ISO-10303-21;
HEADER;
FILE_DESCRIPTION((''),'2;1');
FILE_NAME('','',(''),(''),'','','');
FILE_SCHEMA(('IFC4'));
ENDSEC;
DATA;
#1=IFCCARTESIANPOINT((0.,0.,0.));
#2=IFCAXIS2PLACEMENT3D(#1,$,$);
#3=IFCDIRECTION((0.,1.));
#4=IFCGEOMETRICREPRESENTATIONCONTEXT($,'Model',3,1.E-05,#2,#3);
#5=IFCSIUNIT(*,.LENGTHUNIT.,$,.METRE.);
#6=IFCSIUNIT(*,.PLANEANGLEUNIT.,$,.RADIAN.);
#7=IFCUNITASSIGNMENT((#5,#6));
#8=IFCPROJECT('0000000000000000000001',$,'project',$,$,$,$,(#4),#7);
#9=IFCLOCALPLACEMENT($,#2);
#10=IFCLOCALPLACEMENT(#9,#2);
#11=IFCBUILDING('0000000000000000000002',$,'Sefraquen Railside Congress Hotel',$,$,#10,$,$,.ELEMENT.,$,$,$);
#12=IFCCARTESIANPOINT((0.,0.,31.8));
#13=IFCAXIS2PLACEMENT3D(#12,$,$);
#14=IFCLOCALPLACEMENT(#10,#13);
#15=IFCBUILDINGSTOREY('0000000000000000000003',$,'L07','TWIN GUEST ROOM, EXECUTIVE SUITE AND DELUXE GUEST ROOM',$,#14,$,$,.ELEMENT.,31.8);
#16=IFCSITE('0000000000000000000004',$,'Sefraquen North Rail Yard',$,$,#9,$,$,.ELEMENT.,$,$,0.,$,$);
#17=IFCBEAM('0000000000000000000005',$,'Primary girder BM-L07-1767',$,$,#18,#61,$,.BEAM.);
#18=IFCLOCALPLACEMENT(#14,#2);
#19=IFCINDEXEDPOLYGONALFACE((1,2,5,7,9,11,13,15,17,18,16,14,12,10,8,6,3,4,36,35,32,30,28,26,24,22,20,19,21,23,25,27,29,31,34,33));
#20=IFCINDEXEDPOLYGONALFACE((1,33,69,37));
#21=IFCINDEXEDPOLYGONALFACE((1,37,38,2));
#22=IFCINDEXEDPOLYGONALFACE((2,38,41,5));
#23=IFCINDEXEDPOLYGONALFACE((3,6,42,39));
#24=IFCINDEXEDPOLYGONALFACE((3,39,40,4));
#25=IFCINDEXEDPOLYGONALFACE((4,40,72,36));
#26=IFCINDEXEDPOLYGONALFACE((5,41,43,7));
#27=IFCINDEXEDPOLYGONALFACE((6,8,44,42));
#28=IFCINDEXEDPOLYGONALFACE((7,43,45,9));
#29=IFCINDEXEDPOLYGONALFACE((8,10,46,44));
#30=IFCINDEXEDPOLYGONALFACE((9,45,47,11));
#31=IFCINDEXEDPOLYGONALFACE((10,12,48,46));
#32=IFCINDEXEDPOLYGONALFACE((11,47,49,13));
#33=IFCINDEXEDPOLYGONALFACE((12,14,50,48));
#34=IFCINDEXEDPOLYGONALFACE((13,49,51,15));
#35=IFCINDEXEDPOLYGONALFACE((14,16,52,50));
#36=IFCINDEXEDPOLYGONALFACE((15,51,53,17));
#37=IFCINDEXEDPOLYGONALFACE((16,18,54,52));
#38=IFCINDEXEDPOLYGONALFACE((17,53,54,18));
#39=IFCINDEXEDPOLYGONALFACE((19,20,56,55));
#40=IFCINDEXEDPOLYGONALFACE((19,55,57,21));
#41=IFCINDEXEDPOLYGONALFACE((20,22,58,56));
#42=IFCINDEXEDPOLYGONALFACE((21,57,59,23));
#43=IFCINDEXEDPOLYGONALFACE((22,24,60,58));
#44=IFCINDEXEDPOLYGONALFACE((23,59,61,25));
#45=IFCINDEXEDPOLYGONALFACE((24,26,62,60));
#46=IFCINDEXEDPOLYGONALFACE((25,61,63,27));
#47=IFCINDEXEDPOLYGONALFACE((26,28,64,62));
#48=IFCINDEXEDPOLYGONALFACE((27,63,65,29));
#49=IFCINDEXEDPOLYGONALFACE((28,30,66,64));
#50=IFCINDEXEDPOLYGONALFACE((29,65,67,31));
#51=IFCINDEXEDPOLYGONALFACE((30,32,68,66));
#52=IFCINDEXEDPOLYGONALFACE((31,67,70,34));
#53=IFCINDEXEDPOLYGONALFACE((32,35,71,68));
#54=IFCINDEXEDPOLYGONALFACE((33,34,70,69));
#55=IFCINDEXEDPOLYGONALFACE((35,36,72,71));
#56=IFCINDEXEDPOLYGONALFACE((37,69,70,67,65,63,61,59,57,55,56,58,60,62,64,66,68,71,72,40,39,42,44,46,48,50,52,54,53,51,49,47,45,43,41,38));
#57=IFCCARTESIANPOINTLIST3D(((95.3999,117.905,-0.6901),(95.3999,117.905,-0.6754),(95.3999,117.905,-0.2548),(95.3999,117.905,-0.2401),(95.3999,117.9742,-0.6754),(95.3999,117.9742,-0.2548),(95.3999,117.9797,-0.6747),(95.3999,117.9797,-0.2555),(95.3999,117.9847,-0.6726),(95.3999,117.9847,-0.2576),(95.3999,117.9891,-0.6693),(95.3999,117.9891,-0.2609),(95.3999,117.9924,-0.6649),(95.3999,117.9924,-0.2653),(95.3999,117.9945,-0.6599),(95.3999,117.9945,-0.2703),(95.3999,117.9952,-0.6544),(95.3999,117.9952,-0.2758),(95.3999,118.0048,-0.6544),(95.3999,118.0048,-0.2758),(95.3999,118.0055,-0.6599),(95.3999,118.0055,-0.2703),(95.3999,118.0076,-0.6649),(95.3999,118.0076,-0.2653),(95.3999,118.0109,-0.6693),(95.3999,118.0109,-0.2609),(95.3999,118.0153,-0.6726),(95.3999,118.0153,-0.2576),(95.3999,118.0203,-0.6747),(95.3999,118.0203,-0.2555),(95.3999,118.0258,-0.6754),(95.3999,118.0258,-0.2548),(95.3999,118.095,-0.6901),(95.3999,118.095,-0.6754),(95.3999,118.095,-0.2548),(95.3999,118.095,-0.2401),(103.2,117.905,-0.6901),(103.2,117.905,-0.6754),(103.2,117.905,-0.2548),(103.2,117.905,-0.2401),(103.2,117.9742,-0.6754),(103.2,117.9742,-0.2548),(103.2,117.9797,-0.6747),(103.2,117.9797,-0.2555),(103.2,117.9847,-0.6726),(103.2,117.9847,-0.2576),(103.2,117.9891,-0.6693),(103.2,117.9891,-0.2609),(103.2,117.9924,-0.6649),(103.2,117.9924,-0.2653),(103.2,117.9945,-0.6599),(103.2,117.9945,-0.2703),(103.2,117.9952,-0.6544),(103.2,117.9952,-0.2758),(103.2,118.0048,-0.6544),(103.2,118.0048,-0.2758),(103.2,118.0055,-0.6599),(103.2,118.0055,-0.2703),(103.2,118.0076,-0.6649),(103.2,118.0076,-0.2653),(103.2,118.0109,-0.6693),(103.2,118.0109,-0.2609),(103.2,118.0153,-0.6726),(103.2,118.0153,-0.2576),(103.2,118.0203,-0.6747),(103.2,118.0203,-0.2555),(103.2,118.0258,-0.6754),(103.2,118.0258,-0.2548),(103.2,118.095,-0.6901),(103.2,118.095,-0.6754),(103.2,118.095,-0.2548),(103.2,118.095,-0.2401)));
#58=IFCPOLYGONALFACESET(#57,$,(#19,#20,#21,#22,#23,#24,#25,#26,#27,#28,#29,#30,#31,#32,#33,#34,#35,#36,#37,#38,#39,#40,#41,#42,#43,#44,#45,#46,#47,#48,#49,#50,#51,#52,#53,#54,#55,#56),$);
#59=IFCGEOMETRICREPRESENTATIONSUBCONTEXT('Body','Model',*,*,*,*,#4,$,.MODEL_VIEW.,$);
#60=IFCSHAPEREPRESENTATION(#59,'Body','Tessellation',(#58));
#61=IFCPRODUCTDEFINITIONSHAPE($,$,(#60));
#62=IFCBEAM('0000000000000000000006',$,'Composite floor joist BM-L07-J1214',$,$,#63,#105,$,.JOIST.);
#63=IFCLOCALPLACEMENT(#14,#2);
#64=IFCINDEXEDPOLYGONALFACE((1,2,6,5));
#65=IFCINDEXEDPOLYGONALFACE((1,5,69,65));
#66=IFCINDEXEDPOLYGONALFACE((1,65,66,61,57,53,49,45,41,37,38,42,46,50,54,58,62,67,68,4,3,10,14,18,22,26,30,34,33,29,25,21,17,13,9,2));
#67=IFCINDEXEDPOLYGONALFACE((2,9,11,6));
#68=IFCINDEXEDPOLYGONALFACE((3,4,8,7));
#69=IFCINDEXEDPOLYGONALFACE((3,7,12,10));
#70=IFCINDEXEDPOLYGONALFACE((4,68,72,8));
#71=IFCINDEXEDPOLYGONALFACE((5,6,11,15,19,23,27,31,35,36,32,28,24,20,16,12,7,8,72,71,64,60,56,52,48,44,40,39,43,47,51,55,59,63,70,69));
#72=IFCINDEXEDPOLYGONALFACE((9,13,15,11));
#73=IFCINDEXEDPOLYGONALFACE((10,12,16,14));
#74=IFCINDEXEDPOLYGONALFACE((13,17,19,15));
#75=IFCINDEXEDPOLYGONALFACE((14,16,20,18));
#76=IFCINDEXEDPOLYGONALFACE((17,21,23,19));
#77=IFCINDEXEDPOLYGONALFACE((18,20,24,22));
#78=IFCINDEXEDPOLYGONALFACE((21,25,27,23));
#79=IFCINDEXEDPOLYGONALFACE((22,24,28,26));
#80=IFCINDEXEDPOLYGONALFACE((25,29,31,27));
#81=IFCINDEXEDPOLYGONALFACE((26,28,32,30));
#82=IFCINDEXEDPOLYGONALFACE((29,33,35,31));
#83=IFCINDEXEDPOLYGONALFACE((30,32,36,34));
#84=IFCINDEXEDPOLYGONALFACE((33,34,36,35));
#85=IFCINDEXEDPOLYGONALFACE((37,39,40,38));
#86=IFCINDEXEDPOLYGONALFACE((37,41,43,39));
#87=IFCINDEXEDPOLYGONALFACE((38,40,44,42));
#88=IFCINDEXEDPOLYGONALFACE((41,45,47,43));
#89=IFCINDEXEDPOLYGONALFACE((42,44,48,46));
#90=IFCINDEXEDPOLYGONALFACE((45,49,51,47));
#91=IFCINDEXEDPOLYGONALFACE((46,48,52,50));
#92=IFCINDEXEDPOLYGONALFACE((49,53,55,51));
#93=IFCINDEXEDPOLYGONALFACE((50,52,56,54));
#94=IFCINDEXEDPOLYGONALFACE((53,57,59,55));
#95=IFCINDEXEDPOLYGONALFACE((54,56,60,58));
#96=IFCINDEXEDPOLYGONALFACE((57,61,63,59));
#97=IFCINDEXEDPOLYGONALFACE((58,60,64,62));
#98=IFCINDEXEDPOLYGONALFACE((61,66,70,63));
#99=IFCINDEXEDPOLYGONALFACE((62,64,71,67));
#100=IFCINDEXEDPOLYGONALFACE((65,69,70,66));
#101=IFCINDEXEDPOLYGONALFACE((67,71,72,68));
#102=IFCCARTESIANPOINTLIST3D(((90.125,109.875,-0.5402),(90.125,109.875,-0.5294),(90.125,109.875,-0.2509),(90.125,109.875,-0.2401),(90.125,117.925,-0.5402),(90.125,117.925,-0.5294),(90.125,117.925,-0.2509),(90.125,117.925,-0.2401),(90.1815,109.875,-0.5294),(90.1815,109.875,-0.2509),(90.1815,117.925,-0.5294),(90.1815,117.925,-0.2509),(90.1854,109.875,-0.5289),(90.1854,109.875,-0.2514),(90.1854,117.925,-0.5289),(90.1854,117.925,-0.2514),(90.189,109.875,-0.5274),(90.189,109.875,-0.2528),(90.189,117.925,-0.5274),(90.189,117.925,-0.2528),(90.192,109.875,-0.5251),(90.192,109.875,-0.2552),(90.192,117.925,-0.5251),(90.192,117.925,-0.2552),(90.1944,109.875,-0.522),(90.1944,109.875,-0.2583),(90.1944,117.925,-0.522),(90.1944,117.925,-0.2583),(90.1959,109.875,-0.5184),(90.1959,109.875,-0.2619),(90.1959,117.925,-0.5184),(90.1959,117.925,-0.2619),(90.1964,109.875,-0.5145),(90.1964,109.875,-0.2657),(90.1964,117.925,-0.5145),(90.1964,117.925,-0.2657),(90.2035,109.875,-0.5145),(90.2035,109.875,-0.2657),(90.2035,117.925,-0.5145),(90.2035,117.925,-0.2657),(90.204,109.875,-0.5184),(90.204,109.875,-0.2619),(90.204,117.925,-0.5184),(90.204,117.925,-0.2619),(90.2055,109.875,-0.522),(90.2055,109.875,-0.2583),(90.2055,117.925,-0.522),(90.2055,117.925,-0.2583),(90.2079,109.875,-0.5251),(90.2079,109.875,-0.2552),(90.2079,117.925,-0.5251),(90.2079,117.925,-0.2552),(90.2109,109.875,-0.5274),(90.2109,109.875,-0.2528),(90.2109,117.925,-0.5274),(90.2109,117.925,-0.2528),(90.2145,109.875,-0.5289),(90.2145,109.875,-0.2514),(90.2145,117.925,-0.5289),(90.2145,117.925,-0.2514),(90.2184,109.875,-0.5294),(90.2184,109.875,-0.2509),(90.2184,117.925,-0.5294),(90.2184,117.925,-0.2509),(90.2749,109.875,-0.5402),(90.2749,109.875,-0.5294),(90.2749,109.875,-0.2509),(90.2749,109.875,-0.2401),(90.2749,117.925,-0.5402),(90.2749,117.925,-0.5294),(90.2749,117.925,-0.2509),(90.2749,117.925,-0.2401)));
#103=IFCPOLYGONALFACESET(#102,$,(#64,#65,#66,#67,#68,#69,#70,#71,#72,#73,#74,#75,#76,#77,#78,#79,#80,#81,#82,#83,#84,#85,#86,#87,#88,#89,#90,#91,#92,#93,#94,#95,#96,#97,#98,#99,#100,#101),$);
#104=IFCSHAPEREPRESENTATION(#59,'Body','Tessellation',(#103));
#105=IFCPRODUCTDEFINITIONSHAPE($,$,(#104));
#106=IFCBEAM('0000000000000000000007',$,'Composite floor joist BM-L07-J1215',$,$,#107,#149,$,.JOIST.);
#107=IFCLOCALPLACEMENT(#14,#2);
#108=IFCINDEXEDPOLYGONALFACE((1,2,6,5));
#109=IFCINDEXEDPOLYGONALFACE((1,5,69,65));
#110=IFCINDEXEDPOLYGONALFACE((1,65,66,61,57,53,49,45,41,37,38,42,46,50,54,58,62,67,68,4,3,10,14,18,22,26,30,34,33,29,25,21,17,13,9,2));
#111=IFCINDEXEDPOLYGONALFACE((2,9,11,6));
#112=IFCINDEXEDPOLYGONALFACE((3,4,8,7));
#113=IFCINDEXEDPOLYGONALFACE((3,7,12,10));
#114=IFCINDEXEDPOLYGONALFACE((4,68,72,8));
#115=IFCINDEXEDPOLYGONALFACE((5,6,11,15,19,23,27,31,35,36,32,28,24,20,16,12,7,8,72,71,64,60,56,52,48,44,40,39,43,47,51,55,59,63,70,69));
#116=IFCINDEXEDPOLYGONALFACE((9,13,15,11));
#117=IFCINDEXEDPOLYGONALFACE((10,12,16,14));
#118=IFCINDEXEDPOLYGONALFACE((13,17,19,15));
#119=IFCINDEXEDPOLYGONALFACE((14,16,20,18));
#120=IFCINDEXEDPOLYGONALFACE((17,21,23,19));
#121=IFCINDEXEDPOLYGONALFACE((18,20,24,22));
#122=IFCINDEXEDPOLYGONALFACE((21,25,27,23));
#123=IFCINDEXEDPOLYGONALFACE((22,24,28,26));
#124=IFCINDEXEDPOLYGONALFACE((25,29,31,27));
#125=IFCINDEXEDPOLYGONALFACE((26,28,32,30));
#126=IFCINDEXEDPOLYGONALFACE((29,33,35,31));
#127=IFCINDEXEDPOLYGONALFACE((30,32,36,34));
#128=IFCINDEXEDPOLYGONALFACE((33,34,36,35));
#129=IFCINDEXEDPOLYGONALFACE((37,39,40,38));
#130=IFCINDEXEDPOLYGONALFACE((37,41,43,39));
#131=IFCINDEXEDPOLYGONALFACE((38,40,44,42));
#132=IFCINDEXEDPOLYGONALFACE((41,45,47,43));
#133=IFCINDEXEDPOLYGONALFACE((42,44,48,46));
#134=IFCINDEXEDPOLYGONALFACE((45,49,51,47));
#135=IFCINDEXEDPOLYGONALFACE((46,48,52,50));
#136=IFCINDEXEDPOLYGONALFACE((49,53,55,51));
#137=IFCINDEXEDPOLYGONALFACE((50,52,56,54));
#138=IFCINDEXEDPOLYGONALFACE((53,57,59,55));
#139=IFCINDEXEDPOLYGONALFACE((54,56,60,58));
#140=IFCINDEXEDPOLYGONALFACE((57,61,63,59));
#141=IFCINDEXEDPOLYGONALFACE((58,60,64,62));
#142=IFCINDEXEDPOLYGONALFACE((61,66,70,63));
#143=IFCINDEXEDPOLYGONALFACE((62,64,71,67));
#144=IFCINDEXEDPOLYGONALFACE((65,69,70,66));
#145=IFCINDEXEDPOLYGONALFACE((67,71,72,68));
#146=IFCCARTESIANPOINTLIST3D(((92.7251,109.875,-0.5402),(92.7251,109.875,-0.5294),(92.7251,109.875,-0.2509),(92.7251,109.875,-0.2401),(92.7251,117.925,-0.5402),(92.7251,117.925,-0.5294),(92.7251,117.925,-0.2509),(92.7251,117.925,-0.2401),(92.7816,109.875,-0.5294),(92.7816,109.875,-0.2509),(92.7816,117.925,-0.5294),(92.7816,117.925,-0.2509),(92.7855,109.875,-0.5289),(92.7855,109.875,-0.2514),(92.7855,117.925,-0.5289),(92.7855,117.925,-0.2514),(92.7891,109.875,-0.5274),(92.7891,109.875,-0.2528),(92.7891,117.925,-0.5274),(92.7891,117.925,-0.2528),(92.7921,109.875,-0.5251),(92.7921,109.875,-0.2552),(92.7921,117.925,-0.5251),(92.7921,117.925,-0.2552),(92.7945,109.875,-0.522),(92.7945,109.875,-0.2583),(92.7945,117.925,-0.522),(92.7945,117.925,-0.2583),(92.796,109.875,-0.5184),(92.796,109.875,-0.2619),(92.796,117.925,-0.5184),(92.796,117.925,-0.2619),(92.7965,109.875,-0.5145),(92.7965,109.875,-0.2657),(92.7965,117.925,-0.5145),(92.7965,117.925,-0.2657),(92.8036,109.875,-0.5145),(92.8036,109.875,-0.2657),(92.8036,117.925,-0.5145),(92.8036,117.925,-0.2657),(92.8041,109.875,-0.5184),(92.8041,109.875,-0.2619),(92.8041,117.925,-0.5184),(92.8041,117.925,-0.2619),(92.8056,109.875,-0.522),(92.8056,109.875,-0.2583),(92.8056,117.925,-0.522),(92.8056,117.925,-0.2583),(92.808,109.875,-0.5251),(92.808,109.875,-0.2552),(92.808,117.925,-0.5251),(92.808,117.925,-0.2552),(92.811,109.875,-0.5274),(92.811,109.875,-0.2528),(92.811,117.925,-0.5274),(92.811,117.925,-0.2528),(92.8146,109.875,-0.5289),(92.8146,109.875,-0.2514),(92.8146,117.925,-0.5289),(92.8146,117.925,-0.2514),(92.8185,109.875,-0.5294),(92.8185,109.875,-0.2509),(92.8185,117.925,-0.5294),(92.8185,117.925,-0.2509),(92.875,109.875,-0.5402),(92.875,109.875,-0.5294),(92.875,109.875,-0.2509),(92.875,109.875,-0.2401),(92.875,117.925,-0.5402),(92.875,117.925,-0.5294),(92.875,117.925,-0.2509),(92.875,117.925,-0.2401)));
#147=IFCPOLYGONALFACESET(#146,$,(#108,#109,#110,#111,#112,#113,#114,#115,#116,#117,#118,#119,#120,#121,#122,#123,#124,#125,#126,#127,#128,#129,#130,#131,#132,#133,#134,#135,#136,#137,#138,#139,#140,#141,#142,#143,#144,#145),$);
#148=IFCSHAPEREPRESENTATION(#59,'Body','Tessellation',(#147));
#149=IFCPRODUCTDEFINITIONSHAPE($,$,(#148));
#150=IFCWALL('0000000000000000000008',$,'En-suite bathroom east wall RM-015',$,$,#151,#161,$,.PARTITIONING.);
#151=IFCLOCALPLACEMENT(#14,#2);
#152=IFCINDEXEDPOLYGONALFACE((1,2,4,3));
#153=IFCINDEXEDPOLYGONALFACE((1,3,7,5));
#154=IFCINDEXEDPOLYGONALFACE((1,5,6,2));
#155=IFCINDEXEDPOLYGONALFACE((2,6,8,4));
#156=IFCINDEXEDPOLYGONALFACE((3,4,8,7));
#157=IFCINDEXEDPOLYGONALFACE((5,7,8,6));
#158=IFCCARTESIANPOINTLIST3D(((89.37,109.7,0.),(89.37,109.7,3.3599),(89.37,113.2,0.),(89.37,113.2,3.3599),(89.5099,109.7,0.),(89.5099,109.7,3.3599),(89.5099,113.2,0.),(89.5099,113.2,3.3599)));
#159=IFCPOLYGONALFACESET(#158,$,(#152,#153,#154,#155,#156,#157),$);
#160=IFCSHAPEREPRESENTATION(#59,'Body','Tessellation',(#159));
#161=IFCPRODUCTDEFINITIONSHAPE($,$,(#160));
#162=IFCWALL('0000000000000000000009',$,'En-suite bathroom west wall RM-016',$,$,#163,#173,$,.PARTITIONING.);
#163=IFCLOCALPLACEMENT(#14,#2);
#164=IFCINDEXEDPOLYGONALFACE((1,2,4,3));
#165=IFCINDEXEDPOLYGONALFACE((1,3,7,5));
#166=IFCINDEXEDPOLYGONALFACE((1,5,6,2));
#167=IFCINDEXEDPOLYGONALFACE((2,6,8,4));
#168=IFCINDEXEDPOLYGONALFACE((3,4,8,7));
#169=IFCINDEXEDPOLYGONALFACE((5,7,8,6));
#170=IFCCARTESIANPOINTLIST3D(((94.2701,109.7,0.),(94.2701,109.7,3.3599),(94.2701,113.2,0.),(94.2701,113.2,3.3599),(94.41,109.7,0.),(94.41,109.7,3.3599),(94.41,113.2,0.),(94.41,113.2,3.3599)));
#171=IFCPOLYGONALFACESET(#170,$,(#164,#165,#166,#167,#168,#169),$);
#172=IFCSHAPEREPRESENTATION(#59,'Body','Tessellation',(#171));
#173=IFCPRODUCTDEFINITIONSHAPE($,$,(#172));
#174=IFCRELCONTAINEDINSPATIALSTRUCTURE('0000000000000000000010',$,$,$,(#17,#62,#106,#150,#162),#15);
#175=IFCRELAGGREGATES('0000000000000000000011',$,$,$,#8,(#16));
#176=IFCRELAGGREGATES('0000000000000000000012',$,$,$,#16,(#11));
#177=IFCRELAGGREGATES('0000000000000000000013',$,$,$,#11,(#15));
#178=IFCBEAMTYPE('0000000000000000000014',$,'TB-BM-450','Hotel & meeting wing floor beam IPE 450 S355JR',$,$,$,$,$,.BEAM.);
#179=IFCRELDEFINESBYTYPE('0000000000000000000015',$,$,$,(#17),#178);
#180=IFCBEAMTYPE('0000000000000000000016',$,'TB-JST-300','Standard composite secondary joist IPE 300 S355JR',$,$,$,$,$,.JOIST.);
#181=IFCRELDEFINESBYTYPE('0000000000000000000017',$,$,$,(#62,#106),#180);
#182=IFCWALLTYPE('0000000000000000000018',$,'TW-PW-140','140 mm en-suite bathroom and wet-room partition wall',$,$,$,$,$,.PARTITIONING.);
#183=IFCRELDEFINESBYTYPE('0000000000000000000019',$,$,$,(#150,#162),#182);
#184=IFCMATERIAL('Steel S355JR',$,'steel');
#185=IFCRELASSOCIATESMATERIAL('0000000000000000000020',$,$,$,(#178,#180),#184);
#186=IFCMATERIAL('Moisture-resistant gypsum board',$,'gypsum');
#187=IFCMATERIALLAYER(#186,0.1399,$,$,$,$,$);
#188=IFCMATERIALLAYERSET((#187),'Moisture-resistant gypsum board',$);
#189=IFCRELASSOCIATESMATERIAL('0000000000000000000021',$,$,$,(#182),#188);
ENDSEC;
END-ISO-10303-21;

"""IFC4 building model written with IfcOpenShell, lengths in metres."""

from ifc_helpers import new_model, si_unit, direction, frame, frame_2d, origin, origin_2d, place, context, subcontext, project, spatial, rectangle, i_section, extrude, material, layer, layer_set, material_profile, profile_set, type_object, element, save


model = new_model("IFC4")

# Units and contexts
model_context = context("Model", 3, precision=1e-05, world=origin(), true_north=direction((0.0, 1.0)))
body_context = subcontext(model_context, "Body", "Model", "MODEL_VIEW")
ifc_project = project(units=[si_unit("LENGTHUNIT", "METRE"), si_unit("PLANEANGLEUNIT", "RADIAN")], contexts=[model_context])

# Site, building, storey
site_placement = place(None, origin())
site = spatial("IfcSite", under=ifc_project, at=site_placement, Name="Sefraquen North Rail Yard", CompositionType="ELEMENT", RefElevation=0.0)
building_placement = place(site_placement, origin())
building = spatial("IfcBuilding", under=site, at=building_placement, Name="Sefraquen Railside Congress Hotel", CompositionType="ELEMENT")
storey_placement = place(building_placement, frame((0.0, 0.0, 31.8)))
storey = spatial("IfcBuildingStorey", under=building, at=storey_placement, Name="L07", Description="TWIN GUEST ROOM, EXECUTIVE SUITE AND DELUXE GUEST ROOM", CompositionType="ELEMENT", Elevation=31.8)

# Shared definitions
ifc_material_1 = material(Name="Steel S355JR", Category="steel")

# Beams
ifc_material_profile_1 = material_profile(ifc_material_1, i_section(OverallWidth=0.1899, OverallDepth=0.45, WebThickness=0.0095, FlangeThickness=0.0146, FilletRadius=0.021, at=origin_2d()), Name="IPE 450")
ifc_profile_set_1 = profile_set([ifc_material_profile_1], Name="Steel S355JR")
beam_type_1 = type_object("IfcBeamType", Name="TB-BM-450", Description="Hotel & meeting wing floor beam IPE 450 S355JR", PredefinedType="BEAM", material=ifc_profile_set_1)
beam_1_placement = place(storey_placement, frame((95.3999, 118.0, -0.4651), z_axis=(1.0, 0.0, 0.0), x_axis=(0.0, 1.0, 0.0)))
element("IfcBeam", 1, at=beam_1_placement, inside=storey, type_object=beam_type_1, Name="Primary girder BM-L07-1767", PredefinedType="BEAM", context=body_context, shape_type="SweptSolid", body=[
    extrude(i_section(OverallWidth=0.1899, OverallDepth=0.45, WebThickness=0.0095, FlangeThickness=0.0146, FilletRadius=0.021, at=origin_2d()), origin(), (0.0, 0.0, 1.0), 7.8),
])
ifc_material_profile_2 = material_profile(ifc_material_1, i_section(OverallWidth=0.1499, OverallDepth=0.3, WebThickness=0.0071, FlangeThickness=0.0107, FilletRadius=0.0149, at=origin_2d()), Name="IPE 300")
ifc_profile_set_2 = profile_set([ifc_material_profile_2], Name="Steel S355JR")
beam_type_2 = type_object("IfcBeamType", Name="TB-JST-300", Description="Standard composite secondary joist IPE 300 S355JR", PredefinedType="JOIST", material=ifc_profile_set_2)
for number, where, z_axis, x_axis, name in (
    (2, (90.2, 109.875, -0.3901), (0.0, 1.0, 0.0), (-1.0, 0.0, 0.0), "Composite floor joist BM-L07-J1214"),
    (3, (92.8, 109.875, -0.3901), (0.0, 1.0, 0.0), (-1.0, 0.0, 0.0), "Composite floor joist BM-L07-J1215"),
):
    element("IfcBeam", number, at=place(storey_placement, frame(where, z_axis=z_axis, x_axis=x_axis)), inside=storey, type_object=beam_type_2, Name=name, PredefinedType="JOIST", context=body_context, shape_type="SweptSolid", body=[
        extrude(i_section(OverallWidth=0.1499, OverallDepth=0.3, WebThickness=0.0071, FlangeThickness=0.0107, FilletRadius=0.0149, at=origin_2d()), origin(), (0.0, 0.0, 1.0), 8.05),
    ])

# Walls
ifc_material_2 = material(Name="Moisture-resistant gypsum board", Category="gypsum")
ifc_layer_1 = layer(ifc_material_2, 0.1399)
ifc_layer_set_1 = layer_set([ifc_layer_1], Name="Moisture-resistant gypsum board")
wall_type_1 = type_object("IfcWallType", Name="TW-PW-140", Description="140 mm en-suite bathroom and wet-room partition wall", PredefinedType="PARTITIONING", material=ifc_layer_set_1)
for number, where, z_axis, x_axis, name in (
    (4, (89.4399, 109.7, 0.0), (0.0, 0.0, 1.0), (0.0, 1.0, 0.0), "En-suite bathroom east wall RM-015"),
    (5, (94.3401, 109.7, 0.0), (0.0, 0.0, 1.0), (0.0, 1.0, 0.0), "En-suite bathroom west wall RM-016"),
):
    element("IfcWall", number, at=place(storey_placement, frame(where, z_axis=z_axis, x_axis=x_axis)), inside=storey, type_object=wall_type_1, Name=name, PredefinedType="PARTITIONING", context=body_context, shape_type="SweptSolid", body=[
        extrude(rectangle(XDim=3.5, YDim=0.1399, at=frame_2d((1.75, 0.0))), origin(), (0.0, 0.0, 1.0), 3.3599),
    ])

save(model, "model.ifc")
